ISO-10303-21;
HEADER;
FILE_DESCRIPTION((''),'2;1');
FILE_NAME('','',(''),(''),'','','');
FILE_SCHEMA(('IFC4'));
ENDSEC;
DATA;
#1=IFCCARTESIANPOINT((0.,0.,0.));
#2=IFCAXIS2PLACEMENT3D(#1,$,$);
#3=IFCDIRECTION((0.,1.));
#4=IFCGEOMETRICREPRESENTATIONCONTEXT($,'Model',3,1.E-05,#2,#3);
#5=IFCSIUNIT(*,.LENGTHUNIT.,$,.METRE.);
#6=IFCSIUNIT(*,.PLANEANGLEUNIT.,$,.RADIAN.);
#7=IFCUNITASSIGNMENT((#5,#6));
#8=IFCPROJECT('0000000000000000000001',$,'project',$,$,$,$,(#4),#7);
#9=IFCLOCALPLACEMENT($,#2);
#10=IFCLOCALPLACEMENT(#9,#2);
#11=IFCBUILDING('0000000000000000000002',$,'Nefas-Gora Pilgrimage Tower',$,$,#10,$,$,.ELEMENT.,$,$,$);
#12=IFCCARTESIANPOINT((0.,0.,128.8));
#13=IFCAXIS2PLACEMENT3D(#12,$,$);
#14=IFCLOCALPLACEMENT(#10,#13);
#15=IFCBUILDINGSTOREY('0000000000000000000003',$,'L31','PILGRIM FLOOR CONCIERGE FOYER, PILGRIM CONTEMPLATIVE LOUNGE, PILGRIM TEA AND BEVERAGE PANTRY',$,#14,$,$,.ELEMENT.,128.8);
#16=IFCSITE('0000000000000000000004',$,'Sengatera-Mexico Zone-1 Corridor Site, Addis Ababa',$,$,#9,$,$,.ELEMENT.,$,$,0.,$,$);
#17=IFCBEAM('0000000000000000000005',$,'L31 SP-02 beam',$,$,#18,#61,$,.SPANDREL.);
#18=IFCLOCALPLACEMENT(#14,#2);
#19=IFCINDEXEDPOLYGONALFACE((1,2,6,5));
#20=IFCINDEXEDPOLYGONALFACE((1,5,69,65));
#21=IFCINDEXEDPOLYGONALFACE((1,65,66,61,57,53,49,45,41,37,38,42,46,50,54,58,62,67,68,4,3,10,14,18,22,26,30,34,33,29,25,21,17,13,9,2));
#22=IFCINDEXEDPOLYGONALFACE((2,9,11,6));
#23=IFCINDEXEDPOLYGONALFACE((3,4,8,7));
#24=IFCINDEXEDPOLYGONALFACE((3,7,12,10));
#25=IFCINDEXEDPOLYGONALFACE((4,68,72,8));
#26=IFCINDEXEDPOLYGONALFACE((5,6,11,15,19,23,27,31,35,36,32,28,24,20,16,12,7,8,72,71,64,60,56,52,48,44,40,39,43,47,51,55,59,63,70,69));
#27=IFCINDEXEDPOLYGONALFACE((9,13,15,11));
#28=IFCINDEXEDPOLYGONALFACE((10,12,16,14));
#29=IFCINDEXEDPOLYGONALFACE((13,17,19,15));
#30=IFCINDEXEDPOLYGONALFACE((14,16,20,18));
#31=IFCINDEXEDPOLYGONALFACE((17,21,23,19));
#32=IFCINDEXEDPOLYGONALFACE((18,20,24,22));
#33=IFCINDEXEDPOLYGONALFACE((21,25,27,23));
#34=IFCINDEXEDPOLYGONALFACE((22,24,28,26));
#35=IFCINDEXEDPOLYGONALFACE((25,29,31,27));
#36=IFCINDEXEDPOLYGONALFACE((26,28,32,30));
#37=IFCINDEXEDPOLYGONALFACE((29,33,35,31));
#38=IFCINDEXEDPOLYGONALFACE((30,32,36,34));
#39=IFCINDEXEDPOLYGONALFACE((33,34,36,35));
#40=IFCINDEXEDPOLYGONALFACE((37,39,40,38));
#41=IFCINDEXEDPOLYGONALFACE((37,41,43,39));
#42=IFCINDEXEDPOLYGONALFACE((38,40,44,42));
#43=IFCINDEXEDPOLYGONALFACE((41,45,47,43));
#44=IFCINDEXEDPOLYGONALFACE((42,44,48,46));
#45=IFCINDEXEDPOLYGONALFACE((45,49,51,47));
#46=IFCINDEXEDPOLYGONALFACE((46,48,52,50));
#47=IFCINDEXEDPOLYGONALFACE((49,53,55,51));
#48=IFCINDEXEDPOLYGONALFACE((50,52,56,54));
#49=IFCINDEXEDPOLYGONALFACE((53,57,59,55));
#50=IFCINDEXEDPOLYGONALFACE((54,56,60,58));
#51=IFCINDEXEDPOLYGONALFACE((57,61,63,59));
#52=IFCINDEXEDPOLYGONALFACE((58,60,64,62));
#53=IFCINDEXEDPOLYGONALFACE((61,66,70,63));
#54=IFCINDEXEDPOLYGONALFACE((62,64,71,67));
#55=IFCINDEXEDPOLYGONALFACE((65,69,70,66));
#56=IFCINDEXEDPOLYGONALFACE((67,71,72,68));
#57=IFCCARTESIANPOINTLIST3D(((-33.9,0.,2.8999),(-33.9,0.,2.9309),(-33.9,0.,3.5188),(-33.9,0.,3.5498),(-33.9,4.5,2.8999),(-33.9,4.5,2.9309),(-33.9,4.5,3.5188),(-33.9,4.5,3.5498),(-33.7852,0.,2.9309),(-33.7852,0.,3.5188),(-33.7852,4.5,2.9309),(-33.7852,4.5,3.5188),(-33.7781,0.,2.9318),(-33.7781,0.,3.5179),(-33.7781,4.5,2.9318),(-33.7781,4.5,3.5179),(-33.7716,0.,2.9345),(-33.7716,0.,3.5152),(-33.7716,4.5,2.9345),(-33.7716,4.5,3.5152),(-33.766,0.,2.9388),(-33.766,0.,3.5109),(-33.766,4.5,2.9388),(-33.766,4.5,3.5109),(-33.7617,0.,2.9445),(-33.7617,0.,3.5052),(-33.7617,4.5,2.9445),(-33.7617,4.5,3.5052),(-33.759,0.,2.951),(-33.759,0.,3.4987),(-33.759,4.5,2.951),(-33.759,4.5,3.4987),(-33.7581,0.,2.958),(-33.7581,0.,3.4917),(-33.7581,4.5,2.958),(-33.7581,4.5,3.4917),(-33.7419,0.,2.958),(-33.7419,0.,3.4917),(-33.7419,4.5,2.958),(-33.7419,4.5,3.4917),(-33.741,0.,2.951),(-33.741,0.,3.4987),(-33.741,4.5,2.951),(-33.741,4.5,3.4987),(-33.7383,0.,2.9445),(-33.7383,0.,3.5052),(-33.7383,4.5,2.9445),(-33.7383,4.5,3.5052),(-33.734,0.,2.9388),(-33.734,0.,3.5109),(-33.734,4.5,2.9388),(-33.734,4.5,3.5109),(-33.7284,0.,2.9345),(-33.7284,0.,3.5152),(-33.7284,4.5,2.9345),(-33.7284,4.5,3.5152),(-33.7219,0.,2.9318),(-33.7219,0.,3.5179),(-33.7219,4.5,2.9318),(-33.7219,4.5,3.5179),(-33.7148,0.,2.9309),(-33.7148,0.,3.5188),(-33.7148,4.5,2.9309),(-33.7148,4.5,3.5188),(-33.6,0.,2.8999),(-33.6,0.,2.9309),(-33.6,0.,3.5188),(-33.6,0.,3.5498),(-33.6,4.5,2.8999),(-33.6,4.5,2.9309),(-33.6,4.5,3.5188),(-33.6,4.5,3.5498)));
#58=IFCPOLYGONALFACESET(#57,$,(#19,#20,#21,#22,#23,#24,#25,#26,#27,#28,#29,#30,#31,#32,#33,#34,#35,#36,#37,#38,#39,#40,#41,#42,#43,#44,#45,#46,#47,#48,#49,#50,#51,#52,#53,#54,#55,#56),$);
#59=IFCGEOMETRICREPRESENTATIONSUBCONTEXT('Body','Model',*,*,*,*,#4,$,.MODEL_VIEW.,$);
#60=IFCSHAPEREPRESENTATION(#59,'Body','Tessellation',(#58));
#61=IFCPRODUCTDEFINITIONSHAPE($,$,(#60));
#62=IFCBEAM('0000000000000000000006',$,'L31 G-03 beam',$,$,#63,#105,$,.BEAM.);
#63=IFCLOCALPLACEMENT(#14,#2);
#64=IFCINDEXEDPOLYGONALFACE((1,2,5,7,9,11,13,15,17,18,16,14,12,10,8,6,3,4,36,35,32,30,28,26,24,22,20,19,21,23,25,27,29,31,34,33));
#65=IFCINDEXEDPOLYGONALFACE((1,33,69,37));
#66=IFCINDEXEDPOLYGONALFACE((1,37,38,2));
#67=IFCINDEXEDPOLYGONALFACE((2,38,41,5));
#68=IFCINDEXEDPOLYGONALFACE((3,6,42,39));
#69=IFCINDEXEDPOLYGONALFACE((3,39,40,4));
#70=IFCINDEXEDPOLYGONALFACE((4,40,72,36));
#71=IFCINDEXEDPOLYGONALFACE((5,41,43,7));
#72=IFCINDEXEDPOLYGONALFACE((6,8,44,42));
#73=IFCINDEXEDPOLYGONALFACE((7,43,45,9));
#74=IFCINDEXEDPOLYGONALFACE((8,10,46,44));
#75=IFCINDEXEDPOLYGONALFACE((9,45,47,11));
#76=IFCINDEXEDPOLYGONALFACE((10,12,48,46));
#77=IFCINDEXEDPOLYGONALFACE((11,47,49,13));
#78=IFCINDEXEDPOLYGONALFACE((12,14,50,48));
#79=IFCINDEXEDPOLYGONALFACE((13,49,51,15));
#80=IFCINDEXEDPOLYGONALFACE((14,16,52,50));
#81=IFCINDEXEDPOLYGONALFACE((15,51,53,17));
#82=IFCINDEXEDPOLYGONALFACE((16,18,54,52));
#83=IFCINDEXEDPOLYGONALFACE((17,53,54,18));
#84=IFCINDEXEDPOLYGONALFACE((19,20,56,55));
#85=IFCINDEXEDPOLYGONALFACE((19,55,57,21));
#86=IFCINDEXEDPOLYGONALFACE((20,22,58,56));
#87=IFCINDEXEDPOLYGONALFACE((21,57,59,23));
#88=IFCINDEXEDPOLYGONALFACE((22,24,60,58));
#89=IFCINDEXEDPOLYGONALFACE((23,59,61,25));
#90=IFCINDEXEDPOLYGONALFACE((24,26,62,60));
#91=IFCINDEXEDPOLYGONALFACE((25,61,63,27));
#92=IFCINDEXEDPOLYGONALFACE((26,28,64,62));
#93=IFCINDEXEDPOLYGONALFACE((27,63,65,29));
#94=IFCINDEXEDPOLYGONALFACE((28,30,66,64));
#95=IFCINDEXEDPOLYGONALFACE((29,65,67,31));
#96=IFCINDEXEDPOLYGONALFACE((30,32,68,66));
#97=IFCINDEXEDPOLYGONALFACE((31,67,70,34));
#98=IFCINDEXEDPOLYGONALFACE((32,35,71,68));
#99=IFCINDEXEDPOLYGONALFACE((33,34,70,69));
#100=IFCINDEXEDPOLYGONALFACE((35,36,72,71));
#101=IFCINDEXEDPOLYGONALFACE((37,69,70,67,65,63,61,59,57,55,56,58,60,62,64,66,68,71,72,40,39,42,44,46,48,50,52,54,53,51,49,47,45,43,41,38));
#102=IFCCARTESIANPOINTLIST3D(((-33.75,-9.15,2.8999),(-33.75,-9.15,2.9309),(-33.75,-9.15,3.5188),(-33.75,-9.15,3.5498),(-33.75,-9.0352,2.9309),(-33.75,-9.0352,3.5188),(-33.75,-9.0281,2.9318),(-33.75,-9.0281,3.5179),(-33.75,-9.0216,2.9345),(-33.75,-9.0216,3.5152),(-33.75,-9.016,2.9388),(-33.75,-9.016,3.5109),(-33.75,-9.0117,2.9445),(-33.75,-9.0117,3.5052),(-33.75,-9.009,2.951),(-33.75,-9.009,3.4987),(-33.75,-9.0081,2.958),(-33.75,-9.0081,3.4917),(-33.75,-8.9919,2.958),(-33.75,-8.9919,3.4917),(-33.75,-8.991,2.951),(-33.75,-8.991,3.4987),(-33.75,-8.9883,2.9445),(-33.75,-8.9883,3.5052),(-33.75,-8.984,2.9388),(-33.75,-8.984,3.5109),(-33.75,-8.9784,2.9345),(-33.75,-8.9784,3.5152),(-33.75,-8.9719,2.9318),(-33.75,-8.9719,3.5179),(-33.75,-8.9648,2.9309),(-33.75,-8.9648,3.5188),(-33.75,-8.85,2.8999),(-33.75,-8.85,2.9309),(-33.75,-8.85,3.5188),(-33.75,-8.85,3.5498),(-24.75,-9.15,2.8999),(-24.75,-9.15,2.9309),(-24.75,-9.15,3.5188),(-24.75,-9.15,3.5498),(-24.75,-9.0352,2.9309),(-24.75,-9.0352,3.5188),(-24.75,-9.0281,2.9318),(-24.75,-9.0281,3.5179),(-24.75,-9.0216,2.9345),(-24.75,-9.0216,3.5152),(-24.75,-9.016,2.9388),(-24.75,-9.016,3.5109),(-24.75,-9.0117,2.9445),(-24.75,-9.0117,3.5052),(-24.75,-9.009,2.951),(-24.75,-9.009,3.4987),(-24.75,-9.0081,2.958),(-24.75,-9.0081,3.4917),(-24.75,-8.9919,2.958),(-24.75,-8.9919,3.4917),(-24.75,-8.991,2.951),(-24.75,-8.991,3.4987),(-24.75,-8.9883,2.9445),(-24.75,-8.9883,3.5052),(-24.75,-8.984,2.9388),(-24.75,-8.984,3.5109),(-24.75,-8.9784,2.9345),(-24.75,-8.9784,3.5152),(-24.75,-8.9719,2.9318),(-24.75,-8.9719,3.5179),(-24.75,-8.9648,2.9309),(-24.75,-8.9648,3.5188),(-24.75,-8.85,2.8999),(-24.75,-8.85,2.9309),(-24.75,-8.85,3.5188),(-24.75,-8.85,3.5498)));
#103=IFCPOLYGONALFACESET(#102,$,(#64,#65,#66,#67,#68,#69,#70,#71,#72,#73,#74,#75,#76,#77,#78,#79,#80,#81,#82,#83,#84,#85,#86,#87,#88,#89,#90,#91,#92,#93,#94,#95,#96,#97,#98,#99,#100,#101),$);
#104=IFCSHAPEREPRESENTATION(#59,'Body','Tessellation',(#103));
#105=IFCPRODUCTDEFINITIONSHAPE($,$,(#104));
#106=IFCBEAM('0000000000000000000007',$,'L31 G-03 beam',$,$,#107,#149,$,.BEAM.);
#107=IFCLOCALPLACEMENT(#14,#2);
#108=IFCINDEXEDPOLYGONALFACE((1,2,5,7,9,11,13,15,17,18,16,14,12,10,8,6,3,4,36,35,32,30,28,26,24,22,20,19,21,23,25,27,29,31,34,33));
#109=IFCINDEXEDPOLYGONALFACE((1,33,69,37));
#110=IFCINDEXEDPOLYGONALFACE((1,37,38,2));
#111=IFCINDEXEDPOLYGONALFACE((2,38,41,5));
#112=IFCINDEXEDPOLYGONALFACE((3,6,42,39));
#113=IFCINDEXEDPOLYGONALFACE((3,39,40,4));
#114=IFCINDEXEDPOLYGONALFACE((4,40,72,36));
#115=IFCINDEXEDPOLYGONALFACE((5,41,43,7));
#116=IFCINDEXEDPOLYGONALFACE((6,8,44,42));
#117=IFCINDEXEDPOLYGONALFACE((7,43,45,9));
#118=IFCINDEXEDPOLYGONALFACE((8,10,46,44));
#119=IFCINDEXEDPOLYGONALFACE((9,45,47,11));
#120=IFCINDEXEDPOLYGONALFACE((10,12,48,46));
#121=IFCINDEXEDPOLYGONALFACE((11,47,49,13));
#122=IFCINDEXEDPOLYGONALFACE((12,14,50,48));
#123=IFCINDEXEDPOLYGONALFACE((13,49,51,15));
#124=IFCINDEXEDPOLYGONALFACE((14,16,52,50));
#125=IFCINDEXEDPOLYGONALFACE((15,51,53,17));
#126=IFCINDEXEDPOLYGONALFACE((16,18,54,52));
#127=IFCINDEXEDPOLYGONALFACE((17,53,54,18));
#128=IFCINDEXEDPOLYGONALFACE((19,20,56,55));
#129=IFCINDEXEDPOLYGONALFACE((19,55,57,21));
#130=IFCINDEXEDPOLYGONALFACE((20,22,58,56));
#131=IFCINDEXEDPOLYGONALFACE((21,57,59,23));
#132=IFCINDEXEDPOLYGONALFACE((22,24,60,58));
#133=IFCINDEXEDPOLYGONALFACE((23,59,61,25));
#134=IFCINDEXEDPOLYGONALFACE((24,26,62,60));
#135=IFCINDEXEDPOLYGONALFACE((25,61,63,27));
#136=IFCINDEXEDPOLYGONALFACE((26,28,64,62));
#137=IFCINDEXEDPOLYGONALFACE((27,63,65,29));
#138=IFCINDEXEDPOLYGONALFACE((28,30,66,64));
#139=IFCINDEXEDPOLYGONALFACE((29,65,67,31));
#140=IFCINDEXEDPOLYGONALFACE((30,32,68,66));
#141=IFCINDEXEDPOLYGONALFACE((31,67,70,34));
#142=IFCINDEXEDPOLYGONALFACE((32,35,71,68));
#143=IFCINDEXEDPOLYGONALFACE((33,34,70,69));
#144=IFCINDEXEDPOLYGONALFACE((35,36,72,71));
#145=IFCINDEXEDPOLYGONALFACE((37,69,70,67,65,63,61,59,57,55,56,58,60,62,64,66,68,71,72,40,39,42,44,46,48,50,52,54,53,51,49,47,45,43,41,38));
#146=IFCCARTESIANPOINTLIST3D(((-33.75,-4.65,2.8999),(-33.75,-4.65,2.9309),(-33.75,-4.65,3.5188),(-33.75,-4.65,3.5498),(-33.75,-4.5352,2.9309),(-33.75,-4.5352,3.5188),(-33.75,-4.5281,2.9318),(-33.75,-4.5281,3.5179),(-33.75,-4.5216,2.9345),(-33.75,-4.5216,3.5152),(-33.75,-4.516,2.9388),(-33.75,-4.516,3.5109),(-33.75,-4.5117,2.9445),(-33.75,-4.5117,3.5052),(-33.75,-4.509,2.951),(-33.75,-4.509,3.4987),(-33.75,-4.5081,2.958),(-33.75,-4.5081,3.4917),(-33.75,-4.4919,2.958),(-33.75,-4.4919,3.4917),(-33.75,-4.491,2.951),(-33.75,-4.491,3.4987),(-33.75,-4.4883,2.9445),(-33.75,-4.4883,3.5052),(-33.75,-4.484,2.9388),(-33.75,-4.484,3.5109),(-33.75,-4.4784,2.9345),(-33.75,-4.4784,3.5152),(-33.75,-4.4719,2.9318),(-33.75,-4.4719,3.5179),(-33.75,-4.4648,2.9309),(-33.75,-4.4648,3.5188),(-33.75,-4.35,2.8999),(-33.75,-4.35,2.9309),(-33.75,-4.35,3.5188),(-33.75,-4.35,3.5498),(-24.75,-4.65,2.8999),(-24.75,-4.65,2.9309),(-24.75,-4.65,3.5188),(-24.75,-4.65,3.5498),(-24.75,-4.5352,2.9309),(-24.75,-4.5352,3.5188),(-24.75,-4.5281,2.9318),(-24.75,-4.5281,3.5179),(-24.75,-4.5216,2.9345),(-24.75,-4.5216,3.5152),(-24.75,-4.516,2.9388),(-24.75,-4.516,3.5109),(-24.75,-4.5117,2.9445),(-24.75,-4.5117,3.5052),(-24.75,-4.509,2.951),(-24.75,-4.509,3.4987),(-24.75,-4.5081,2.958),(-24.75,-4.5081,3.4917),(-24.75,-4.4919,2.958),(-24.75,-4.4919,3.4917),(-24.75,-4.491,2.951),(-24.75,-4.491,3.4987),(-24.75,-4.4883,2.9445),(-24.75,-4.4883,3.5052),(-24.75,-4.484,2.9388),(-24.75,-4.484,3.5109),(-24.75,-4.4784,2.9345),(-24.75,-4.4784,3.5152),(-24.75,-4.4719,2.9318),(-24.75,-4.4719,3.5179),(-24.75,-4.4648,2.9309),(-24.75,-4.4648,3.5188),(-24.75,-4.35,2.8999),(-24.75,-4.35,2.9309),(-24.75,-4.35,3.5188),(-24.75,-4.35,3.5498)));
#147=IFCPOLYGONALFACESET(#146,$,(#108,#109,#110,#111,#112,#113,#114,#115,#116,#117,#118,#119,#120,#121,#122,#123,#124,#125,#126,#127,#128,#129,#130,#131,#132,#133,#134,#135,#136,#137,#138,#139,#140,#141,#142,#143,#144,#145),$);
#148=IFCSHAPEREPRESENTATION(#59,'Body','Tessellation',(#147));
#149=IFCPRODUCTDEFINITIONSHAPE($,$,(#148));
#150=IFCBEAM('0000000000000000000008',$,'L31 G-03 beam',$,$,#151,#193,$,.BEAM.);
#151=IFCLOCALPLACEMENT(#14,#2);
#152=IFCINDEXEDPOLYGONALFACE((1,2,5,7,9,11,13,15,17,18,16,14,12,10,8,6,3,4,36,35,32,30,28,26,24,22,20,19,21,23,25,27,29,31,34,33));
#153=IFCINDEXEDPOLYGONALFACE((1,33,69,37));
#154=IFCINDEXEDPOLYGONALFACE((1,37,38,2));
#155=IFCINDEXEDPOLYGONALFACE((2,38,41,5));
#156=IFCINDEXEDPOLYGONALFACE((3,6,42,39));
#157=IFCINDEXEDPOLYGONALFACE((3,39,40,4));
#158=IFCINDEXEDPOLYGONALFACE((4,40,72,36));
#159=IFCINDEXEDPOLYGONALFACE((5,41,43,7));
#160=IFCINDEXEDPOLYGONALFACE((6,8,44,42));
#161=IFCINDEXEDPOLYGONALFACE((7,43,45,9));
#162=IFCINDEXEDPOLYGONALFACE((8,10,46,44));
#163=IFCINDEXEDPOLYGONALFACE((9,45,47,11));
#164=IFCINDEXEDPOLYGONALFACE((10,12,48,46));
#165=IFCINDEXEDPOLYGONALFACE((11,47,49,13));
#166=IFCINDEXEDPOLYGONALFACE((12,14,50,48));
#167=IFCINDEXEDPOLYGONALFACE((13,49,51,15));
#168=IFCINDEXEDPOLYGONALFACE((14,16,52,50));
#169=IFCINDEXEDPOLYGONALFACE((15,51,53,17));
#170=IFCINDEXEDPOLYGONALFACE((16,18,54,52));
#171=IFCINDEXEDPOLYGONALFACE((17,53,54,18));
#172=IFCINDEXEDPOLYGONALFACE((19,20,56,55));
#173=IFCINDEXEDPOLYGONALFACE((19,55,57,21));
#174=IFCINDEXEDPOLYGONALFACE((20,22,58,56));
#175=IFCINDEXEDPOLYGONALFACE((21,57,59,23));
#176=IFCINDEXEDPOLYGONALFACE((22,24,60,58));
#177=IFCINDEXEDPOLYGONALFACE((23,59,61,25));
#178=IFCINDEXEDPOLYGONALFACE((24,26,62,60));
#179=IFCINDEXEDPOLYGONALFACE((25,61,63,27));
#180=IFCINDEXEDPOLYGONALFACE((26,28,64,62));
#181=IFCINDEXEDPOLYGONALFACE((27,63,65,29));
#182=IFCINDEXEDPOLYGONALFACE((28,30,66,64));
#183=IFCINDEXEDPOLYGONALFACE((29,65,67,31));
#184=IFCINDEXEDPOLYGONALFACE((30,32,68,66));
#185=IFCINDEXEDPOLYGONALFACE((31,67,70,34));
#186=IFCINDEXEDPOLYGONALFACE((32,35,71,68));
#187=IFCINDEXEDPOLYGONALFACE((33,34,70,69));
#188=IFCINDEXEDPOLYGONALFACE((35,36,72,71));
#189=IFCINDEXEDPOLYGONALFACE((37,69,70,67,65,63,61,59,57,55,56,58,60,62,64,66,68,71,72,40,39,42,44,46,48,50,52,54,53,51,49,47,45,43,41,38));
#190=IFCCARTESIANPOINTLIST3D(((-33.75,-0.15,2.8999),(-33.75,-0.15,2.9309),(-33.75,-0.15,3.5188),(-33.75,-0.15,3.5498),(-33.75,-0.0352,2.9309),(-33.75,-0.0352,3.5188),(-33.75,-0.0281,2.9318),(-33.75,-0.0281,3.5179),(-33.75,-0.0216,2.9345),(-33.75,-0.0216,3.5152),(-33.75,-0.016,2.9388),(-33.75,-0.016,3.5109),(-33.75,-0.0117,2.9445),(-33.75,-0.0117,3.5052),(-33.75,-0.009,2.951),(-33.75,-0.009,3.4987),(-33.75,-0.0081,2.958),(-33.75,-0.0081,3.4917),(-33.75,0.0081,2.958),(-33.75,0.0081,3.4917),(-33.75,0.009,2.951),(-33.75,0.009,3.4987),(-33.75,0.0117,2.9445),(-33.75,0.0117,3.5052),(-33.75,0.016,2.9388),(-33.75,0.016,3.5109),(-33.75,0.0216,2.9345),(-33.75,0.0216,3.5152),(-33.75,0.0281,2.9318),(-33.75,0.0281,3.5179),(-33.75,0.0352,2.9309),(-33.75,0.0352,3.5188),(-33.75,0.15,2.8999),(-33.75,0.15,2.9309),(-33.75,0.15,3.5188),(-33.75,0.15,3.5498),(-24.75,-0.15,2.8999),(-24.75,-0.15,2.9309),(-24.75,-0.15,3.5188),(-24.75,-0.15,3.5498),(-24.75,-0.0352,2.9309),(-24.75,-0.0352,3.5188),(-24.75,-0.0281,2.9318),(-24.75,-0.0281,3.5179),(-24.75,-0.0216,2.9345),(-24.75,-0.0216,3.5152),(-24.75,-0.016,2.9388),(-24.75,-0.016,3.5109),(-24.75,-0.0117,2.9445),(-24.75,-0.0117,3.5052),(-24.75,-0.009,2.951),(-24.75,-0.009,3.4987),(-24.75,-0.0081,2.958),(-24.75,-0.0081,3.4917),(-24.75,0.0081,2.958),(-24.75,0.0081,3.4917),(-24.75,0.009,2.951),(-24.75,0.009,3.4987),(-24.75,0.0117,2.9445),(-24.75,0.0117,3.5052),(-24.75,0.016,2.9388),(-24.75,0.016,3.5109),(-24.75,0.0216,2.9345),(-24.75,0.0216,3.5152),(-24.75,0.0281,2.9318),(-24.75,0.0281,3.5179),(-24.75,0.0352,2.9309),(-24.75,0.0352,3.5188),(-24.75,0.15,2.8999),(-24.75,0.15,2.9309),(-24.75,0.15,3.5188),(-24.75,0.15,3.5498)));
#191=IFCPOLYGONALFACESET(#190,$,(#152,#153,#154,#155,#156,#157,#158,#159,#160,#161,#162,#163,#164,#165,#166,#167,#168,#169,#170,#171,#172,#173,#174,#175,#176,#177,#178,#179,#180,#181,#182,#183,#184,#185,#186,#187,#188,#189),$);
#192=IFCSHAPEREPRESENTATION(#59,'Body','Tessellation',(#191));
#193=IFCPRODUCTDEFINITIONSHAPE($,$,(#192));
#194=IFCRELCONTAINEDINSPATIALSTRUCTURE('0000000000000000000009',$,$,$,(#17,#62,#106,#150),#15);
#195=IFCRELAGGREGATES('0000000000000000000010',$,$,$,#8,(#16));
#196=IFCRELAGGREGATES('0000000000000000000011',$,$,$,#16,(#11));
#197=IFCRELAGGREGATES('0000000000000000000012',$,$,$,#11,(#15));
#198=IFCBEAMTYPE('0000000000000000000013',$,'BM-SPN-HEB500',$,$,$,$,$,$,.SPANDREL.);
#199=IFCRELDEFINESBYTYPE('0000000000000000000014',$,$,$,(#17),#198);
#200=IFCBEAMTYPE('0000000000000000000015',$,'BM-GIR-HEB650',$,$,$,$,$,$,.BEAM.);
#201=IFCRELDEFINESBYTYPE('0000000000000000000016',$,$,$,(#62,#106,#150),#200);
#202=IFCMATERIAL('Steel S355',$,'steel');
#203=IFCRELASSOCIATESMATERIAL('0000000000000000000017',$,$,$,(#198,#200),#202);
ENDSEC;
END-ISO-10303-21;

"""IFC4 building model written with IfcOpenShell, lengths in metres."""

from ifc_helpers import new_model, si_unit, direction, frame, origin, origin_2d, place, context, subcontext, project, spatial, i_section, extrude, source, transform, mapped, material, material_profile, profile_set, type_object, element, save


model = new_model("IFC4")

# Units and contexts
model_context = context("Model", 3, precision=1e-05, world=origin(), true_north=direction((0.0, 1.0)))
body_context = subcontext(model_context, "Body", "Model", "MODEL_VIEW")
ifc_project = project(units=[si_unit("LENGTHUNIT", "METRE"), si_unit("PLANEANGLEUNIT", "RADIAN")], contexts=[model_context])

# Site, building, storey
site_placement = place(None, origin())
site = spatial("IfcSite", under=ifc_project, at=site_placement, Name="Sengatera-Mexico Zone-1 Corridor Site, Addis Ababa", CompositionType="ELEMENT", RefElevation=0.0)
building_placement = place(site_placement, origin())
building = spatial("IfcBuilding", under=site, at=building_placement, Name="Nefas-Gora Pilgrimage Tower", CompositionType="ELEMENT")
storey_placement = place(building_placement, frame((0.0, 0.0, 128.8)))
storey = spatial("IfcBuildingStorey", under=building, at=storey_placement, Name="L31", Description="PILGRIM FLOOR CONCIERGE FOYER, PILGRIM CONTEMPLATIVE LOUNGE, PILGRIM TEA AND BEVERAGE PANTRY", CompositionType="ELEMENT", Elevation=128.8)

# Beams
ifc_material_1 = material(Name="Steel S355", Category="steel")
ifc_material_profile_1 = material_profile(ifc_material_1, i_section(OverallWidth=0.3, OverallDepth=0.6499, WebThickness=0.0161, FlangeThickness=0.031, FilletRadius=0.0271, at=origin_2d()), Name="HEB 650")
ifc_profile_set_1 = profile_set([ifc_material_profile_1], Name="Steel S355")
beam_type_1 = type_object("IfcBeamType", Name="BM-SPN-HEB500", PredefinedType="SPANDREL", material=ifc_profile_set_1)
shared_shape_1 = source(origin(), body_context, "Body", "SweptSolid", [
    extrude(i_section(OverallWidth=0.3, OverallDepth=0.6499, WebThickness=0.0161, FlangeThickness=0.031, FilletRadius=0.0271, at=origin_2d()), origin(), (0.0, 0.0, 1.0), 4.5),
])
for number, where, z_axis, x_axis, name in (
    (1, (-33.75, 0.0, 3.2249), (0.0, 1.0, 0.0), (-1.0, 0.0, 0.0), "L31 SP-02 beam"),
):
    element("IfcBeam", number, at=place(storey_placement, frame(where, z_axis=z_axis, x_axis=x_axis)), inside=storey, type_object=beam_type_1, Name=name, PredefinedType="SPANDREL", context=body_context, shape_type="MappedRepresentation", body=[
        mapped(shared_shape_1, transform((0.0, 0.0, 0.0), x_axis=(1.0, 0.0, 0.0), y_axis=(0.0, 1.0, 0.0), z_axis=(0.0, 0.0, 1.0), scale=1.0)),
    ])
ifc_material_profile_2 = material_profile(ifc_material_1, i_section(OverallWidth=0.3, OverallDepth=0.6499, WebThickness=0.0161, FlangeThickness=0.031, FilletRadius=0.0271, at=origin_2d()), Name="HEB 650")
ifc_profile_set_2 = profile_set([ifc_material_profile_2], Name="Steel S355")
beam_type_2 = type_object("IfcBeamType", Name="BM-GIR-HEB650", PredefinedType="BEAM", material=ifc_profile_set_2)
shared_shape_2 = source(origin(), body_context, "Body", "SweptSolid", [
    extrude(i_section(OverallWidth=0.3, OverallDepth=0.6499, WebThickness=0.0161, FlangeThickness=0.031, FilletRadius=0.0271, at=origin_2d()), origin(), (0.0, 0.0, 1.0), 9.0),
])
for number, where, z_axis, x_axis, name in (
    (2, (-33.75, -9.0, 3.2249), (1.0, 0.0, 0.0), (0.0, 1.0, 0.0), "L31 G-03 beam"),
    (3, (-33.75, -4.5, 3.2249), (1.0, 0.0, 0.0), (0.0, 1.0, 0.0), "L31 G-03 beam"),
    (4, (-33.75, 0.0, 3.2249), (1.0, 0.0, 0.0), (0.0, 1.0, 0.0), "L31 G-03 beam"),
):
    element("IfcBeam", number, at=place(storey_placement, frame(where, z_axis=z_axis, x_axis=x_axis)), inside=storey, type_object=beam_type_2, Name=name, PredefinedType="BEAM", context=body_context, shape_type="MappedRepresentation", body=[
        mapped(shared_shape_2, transform((0.0, 0.0, 0.0), x_axis=(1.0, 0.0, 0.0), y_axis=(0.0, 1.0, 0.0), z_axis=(0.0, 0.0, 1.0), scale=1.0)),
    ])

save(model, "model.ifc")
